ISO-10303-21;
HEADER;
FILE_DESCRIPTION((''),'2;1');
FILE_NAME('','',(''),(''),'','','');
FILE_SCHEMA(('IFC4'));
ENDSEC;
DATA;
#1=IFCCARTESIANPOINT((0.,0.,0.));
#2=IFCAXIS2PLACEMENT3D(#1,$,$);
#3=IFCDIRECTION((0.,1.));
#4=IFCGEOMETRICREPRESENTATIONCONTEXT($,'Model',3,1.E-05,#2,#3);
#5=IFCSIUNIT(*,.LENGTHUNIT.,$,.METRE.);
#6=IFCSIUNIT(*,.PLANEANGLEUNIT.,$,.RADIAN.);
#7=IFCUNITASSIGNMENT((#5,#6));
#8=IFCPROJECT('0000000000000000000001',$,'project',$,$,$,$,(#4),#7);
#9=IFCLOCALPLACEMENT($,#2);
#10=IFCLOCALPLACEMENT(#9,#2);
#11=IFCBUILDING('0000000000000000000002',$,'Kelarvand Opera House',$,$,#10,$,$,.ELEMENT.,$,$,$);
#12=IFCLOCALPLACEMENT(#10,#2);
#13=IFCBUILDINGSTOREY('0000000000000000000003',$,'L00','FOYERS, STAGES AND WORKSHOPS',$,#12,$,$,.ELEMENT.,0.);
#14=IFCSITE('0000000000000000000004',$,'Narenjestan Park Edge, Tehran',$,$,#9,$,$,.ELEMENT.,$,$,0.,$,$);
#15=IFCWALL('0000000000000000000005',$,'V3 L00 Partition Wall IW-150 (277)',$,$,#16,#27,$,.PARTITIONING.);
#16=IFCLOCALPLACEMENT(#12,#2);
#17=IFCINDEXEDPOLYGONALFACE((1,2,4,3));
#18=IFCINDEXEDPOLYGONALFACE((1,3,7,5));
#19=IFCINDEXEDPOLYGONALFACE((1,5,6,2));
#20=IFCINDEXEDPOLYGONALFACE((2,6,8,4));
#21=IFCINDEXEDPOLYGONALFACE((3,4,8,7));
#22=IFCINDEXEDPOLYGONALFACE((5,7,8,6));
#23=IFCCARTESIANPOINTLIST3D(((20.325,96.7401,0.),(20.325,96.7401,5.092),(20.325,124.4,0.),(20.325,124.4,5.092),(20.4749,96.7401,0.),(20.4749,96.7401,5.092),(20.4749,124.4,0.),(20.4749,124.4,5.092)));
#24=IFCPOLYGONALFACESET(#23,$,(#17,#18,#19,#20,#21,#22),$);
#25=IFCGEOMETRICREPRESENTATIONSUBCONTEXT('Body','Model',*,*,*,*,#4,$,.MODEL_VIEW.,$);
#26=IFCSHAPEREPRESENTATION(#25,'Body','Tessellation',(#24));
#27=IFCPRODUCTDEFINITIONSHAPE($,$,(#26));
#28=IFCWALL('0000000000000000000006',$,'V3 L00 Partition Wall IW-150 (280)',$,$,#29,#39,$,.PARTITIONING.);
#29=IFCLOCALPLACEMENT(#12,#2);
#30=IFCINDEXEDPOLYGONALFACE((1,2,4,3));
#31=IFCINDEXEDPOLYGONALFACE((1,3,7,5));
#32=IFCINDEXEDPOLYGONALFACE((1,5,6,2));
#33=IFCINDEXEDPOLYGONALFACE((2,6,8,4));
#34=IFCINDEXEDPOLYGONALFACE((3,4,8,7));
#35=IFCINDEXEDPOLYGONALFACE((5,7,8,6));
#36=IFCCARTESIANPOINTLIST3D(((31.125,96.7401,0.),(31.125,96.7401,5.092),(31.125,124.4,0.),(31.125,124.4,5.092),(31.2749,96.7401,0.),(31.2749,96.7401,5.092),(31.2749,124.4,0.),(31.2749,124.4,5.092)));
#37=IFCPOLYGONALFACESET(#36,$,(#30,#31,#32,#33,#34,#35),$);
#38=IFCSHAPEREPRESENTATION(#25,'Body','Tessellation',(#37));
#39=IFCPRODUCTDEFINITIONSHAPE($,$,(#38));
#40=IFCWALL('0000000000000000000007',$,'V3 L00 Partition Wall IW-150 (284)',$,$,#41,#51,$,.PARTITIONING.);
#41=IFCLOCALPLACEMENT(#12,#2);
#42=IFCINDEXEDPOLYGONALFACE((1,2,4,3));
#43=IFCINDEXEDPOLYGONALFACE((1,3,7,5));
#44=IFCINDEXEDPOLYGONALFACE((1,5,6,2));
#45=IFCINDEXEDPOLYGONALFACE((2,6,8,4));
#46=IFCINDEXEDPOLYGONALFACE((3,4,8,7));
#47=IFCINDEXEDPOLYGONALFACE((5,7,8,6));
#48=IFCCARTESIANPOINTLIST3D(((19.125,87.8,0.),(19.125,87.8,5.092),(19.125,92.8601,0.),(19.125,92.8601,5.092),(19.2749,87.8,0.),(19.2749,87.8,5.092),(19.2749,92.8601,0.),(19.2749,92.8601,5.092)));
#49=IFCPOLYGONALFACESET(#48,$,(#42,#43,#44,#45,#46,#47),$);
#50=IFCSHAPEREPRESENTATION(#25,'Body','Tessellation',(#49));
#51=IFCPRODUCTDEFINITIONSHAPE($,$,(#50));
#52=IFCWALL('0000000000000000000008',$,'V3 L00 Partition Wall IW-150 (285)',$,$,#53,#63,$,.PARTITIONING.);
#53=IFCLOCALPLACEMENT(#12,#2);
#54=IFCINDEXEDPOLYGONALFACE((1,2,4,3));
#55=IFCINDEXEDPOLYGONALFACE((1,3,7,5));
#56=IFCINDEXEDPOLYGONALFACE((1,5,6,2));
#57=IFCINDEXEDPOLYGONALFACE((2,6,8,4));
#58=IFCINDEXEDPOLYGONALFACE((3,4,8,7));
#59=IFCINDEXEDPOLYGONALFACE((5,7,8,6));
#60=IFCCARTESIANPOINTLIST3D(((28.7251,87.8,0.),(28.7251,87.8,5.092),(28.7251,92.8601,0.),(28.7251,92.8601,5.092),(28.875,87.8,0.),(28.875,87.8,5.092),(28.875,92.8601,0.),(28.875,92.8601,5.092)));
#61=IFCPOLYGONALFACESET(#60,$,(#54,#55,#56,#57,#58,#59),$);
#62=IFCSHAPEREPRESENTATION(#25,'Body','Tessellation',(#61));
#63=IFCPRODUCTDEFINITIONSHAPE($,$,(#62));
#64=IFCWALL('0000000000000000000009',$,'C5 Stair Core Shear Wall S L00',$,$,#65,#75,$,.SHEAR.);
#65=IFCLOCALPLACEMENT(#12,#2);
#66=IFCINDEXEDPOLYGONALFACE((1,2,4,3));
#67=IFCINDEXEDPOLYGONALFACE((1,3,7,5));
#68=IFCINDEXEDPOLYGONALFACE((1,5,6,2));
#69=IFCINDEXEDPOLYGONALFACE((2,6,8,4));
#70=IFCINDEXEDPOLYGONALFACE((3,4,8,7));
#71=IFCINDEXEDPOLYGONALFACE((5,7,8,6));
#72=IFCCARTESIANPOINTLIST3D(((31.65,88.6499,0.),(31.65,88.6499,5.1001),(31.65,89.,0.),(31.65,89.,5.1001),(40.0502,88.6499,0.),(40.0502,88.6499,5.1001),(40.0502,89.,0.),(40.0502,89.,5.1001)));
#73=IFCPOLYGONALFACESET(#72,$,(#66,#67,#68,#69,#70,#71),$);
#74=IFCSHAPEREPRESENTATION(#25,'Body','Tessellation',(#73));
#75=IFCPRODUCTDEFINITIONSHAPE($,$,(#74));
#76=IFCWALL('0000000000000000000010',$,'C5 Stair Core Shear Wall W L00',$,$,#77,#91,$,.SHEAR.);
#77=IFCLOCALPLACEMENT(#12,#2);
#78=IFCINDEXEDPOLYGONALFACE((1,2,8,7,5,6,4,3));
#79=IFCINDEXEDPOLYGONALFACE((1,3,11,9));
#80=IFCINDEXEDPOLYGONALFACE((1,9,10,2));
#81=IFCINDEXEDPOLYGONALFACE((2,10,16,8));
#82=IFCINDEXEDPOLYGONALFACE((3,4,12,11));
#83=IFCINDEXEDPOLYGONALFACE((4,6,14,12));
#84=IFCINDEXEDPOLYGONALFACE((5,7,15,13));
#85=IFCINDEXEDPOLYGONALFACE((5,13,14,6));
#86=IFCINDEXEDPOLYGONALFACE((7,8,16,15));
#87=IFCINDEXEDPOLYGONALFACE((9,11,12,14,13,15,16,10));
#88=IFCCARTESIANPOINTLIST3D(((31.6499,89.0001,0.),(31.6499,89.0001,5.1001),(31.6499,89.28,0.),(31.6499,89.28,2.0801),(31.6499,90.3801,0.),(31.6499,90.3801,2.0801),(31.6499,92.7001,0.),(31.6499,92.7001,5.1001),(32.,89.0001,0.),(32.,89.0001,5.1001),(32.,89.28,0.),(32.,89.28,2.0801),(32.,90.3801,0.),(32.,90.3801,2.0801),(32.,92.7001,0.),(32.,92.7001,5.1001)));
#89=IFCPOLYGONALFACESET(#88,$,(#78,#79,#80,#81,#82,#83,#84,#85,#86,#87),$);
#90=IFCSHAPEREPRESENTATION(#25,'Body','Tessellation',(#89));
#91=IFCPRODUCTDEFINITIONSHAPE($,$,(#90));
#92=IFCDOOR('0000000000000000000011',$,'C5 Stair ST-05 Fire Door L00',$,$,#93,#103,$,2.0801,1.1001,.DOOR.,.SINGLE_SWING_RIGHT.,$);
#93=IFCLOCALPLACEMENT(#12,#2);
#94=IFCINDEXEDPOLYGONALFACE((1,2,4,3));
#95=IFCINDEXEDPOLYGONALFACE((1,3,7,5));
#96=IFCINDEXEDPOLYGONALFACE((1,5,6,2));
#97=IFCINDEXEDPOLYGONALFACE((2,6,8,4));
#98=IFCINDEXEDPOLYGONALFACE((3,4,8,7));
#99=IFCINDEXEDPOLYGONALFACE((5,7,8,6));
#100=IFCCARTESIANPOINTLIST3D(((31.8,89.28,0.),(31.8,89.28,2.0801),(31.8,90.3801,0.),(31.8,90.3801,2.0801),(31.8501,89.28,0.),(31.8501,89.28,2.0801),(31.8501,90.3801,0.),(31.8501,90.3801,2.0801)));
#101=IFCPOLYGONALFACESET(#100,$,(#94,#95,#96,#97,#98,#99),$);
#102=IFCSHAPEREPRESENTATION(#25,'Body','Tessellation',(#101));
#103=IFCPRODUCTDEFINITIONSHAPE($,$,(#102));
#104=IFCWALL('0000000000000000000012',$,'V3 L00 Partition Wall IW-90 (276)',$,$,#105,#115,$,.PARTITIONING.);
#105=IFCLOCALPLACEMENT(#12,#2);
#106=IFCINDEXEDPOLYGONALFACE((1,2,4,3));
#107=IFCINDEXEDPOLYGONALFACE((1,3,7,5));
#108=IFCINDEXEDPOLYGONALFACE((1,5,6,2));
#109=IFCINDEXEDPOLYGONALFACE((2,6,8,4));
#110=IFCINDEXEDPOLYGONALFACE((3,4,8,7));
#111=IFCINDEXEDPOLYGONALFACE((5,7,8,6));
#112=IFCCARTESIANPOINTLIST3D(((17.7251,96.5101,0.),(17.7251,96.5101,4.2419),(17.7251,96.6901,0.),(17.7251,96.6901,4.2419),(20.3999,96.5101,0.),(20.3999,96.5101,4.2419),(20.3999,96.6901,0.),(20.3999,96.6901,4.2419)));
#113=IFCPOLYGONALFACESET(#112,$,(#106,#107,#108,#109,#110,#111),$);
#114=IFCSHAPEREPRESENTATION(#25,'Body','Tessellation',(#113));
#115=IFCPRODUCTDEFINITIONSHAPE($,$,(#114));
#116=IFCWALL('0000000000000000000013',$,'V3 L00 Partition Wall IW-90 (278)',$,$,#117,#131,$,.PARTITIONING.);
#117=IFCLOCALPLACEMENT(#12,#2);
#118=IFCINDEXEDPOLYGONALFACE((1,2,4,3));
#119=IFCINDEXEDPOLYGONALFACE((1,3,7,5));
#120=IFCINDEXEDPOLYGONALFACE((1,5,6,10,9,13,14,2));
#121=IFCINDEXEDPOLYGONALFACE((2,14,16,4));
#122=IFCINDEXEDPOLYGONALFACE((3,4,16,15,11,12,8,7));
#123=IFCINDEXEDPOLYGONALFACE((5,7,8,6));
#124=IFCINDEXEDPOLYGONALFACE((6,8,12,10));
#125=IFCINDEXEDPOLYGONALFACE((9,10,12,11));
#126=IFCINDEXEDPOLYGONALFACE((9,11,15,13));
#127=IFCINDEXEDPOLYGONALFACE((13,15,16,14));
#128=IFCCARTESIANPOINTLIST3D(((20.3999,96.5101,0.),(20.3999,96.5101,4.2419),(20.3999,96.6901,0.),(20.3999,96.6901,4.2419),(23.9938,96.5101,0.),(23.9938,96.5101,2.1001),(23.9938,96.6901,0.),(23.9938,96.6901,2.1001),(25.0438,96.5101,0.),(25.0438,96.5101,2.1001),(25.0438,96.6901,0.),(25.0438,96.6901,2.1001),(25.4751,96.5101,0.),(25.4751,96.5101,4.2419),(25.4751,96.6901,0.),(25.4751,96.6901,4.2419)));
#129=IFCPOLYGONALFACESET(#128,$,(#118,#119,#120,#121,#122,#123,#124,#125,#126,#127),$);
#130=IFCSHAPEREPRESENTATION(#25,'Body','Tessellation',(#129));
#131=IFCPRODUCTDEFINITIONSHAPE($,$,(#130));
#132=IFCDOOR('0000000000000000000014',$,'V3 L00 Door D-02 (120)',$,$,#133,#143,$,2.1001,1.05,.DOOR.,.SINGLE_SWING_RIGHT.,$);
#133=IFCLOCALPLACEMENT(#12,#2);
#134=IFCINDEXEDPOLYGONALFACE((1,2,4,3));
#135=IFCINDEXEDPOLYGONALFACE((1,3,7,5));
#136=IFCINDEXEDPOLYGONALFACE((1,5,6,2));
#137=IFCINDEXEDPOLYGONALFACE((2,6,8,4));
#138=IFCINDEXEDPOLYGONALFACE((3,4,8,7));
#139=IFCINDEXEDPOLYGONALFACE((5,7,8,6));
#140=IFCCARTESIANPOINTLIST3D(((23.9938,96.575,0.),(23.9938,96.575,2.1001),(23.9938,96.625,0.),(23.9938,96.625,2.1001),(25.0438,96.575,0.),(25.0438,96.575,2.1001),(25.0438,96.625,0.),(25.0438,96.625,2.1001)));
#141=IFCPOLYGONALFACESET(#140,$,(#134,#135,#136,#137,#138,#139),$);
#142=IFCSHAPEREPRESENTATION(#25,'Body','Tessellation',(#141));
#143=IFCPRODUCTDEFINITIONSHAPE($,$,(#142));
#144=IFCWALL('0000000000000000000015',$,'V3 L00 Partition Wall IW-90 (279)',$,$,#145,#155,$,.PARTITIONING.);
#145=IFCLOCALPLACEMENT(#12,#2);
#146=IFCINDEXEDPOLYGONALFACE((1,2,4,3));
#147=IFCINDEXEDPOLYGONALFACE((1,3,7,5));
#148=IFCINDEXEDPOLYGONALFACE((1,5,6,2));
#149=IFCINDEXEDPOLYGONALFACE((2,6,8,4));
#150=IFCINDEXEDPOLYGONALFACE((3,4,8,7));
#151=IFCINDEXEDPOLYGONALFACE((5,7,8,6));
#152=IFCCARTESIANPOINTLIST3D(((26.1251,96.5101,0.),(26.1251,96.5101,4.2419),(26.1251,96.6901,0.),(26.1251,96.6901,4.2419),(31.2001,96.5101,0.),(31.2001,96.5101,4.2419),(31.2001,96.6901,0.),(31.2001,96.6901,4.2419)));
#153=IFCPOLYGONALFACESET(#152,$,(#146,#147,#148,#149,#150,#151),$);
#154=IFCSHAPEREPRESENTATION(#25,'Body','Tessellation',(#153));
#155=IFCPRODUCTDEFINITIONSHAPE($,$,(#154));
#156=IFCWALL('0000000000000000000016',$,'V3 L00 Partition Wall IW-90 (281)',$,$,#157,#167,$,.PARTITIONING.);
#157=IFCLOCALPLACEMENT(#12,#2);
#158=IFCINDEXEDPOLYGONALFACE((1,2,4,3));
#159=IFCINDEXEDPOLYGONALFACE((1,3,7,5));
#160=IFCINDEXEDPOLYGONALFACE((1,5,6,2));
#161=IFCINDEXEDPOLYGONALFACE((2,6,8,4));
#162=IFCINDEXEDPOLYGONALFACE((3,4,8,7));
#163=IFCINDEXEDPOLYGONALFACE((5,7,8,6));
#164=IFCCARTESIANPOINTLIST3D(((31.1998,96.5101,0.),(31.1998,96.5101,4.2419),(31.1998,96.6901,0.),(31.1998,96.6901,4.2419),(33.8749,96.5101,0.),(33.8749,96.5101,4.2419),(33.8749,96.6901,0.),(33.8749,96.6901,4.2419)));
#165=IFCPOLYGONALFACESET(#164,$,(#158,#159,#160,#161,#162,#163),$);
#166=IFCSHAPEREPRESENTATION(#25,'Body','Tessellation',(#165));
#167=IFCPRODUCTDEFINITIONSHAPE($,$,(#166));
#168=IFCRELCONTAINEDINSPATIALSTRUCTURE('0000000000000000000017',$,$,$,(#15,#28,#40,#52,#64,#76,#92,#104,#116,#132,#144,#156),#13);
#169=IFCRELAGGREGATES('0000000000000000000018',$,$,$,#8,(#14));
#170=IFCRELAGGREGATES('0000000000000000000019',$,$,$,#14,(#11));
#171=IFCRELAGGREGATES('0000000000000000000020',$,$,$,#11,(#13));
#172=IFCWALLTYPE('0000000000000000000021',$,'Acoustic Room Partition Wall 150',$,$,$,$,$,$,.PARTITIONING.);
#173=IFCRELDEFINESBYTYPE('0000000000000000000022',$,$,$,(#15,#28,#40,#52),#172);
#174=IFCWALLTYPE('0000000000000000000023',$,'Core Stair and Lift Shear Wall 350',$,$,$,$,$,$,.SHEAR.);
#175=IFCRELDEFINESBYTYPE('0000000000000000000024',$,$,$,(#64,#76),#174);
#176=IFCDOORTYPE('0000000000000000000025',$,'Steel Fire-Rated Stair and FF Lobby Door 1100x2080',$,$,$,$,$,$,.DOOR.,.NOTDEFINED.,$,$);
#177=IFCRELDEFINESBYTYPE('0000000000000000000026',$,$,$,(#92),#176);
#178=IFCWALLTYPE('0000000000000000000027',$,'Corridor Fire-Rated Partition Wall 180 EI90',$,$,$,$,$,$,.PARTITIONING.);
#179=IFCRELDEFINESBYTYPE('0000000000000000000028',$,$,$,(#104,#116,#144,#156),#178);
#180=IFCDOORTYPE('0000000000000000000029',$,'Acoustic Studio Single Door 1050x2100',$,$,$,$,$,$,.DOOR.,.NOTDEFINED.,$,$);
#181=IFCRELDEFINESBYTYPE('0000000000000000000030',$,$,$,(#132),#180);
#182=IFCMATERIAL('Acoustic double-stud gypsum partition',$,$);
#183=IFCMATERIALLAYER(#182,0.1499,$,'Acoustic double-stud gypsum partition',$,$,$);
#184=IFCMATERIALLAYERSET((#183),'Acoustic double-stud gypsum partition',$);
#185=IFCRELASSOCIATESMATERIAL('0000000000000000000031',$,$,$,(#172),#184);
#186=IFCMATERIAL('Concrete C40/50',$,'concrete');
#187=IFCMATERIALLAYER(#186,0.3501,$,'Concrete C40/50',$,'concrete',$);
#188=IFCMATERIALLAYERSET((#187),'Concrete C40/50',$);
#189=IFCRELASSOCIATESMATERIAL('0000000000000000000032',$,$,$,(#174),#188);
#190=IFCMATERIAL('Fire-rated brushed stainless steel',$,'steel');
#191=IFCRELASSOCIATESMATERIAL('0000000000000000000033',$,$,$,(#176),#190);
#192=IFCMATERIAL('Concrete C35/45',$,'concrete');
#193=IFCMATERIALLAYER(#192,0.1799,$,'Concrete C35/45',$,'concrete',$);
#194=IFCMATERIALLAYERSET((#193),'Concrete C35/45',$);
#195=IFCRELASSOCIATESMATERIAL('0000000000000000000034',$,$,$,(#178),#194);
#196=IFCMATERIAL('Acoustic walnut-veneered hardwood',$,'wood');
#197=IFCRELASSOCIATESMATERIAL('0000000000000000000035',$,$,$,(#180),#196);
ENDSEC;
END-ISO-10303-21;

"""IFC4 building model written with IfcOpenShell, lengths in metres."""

from ifc_helpers import new_model, si_unit, direction, frame, frame_2d, origin, place, context, subcontext, project, spatial, rectangle, extrude, material, layer, layer_set, type_object, element, fill, save


model = new_model("IFC4")

# Units and contexts
model_context = context("Model", 3, precision=1e-05, world=origin(), true_north=direction((0.0, 1.0)))
body_context = subcontext(model_context, "Body", "Model", "MODEL_VIEW")
ifc_project = project(units=[si_unit("LENGTHUNIT", "METRE"), si_unit("PLANEANGLEUNIT", "RADIAN")], contexts=[model_context])

# Site, building, storey
site_placement = place(None, origin())
site = spatial("IfcSite", under=ifc_project, at=site_placement, Name="Narenjestan Park Edge, Tehran", CompositionType="ELEMENT", RefElevation=0.0)
building_placement = place(site_placement, origin())
building = spatial("IfcBuilding", under=site, at=building_placement, Name="Kelarvand Opera House", CompositionType="ELEMENT")
storey_placement = place(building_placement, origin())
storey = spatial("IfcBuildingStorey", under=building, at=storey_placement, Name="L00", Description="FOYERS, STAGES AND WORKSHOPS", CompositionType="ELEMENT", Elevation=0.0)

# Shared definitions
ifc_material_1 = material(Name="Concrete C40/50", Category="concrete")

# Walls
ifc_material_2 = material(Name="Acoustic double-stud gypsum partition")
ifc_layer_1 = layer(ifc_material_2, 0.1499, Name="Acoustic double-stud gypsum partition")
ifc_layer_set_1 = layer_set([ifc_layer_1], Name="Acoustic double-stud gypsum partition")
wall_type_1 = type_object("IfcWallType", Name="Acoustic Room Partition Wall 150", PredefinedType="PARTITIONING", material=ifc_layer_set_1)
for number, where, z_axis, x_axis, name in (
    (1, (20.3999, 96.74, 0.0), (0.0, 0.0, 1.0), (0.0, 1.0, 0.0), "V3 L00 Partition Wall IW-150 (277)"),
    (2, (31.2, 96.74, 0.0), (0.0, 0.0, 1.0), (0.0, 1.0, 0.0), "V3 L00 Partition Wall IW-150 (280)"),
):
    element("IfcWall", number, at=place(storey_placement, frame(where, z_axis=z_axis, x_axis=x_axis)), inside=storey, type_object=wall_type_1, Name=name, PredefinedType="PARTITIONING", context=body_context, shape_type="SweptSolid", body=[
        extrude(rectangle(XDim=27.6599, YDim=0.1499, at=frame_2d((13.8301, 0.0))), origin(), (0.0, 0.0, 1.0), 5.092),
    ])
for number, where, z_axis, x_axis, name in (
    (3, (19.2, 87.8, 0.0), (0.0, 0.0, 1.0), (0.0, 1.0, 0.0), "V3 L00 Partition Wall IW-150 (284)"),
    (4, (28.8, 87.8, 0.0), (0.0, 0.0, 1.0), (0.0, 1.0, 0.0), "V3 L00 Partition Wall IW-150 (285)"),
):
    element("IfcWall", number, at=place(storey_placement, frame(where, z_axis=z_axis, x_axis=x_axis)), inside=storey, type_object=wall_type_1, Name=name, PredefinedType="PARTITIONING", context=body_context, shape_type="SweptSolid", body=[
        extrude(rectangle(XDim=5.0601, YDim=0.1499, at=frame_2d((2.53, 0.0))), origin(), (0.0, 0.0, 1.0), 5.092),
    ])
ifc_layer_2 = layer(ifc_material_1, 0.3501, Name="Concrete C40/50", Category="concrete")
ifc_layer_set_2 = layer_set([ifc_layer_2], Name="Concrete C40/50")
wall_type_2 = type_object("IfcWallType", Name="Core Stair and Lift Shear Wall 350", PredefinedType="SHEAR", material=ifc_layer_set_2)
wall_1_placement = place(storey_placement, frame((31.6499, 88.825, 0.0), z_axis=(0.0, 0.0, 1.0), x_axis=(1.0, 0.0, 0.0)))
element("IfcWall", 5, at=wall_1_placement, inside=storey, type_object=wall_type_2, Name="C5 Stair Core Shear Wall S L00", PredefinedType="SHEAR", context=body_context, shape_type="SweptSolid", body=[
    extrude(rectangle(XDim=8.4001, YDim=0.3501, at=frame_2d((4.2002, 0.0))), origin(), (0.0, 0.0, 1.0), 5.1001),
])

# Wall, opening, door
wall_2_placement = place(storey_placement, frame((31.825, 89.0, 0.0), z_axis=(0.0, 0.0, 1.0), x_axis=(0.0, 1.0, 0.0)))
wall_2 = element("IfcWall", 6, at=wall_2_placement, inside=storey, type_object=wall_type_2, Name="C5 Stair Core Shear Wall W L00", PredefinedType="SHEAR", context=body_context, shape_type="SweptSolid", body=[
    extrude(rectangle(XDim=3.7, YDim=0.3501, at=frame_2d((1.8501, 0.0))), origin(), (0.0, 0.0, 1.0), 5.1001),
])
opening_1_placement = place(wall_2_placement, frame((0.28, 0.0, 0.0)))
opening_1 = element("IfcOpeningElement", 7, at=opening_1_placement, cuts=wall_2, PredefinedType="OPENING", context=body_context, shape_type="SweptSolid", body=[
    extrude(rectangle(XDim=1.1001, YDim=2.0801, at=frame_2d((0.55, 1.04))), frame((0.0, 0.1851, 0.0), z_axis=(0.0, -1.0, 0.0), x_axis=(1.0, 0.0, 0.0)), (0.0, 0.0, 1.0), 0.3701),
])
ifc_material_3 = material(Name="Fire-rated brushed stainless steel", Category="steel")
door_type_1 = type_object("IfcDoorType", Name="Steel Fire-Rated Stair and FF Lobby Door 1100x2080", OperationType="NOTDEFINED", PredefinedType="DOOR", material=ifc_material_3)
door_1_placement = place(opening_1_placement, origin())
door_1 = element("IfcDoor", 8, at=door_1_placement, inside=storey, type_object=door_type_1, Name="C5 Stair ST-05 Fire Door L00", OperationType="SINGLE_SWING_RIGHT", OverallHeight=2.0801, OverallWidth=1.1001, PredefinedType="DOOR", context=body_context, shape_type="SweptSolid", body=[
    extrude(rectangle(XDim=1.1001, YDim=2.0801, at=frame_2d((0.55, 1.04))), frame((0.0, 0.0249, 0.0), z_axis=(0.0, -1.0, 0.0), x_axis=(1.0, 0.0, 0.0)), (0.0, 0.0, 1.0), 0.05),
])
fill(opening_1, door_1)

# Wall
ifc_material_4 = material(Name="Concrete C35/45", Category="concrete")
ifc_layer_3 = layer(ifc_material_4, 0.1799, Name="Concrete C35/45", Category="concrete")
ifc_layer_set_3 = layer_set([ifc_layer_3], Name="Concrete C35/45")
wall_type_3 = type_object("IfcWallType", Name="Corridor Fire-Rated Partition Wall 180 EI90", PredefinedType="PARTITIONING", material=ifc_layer_set_3)
wall_3_placement = place(storey_placement, frame((17.7251, 96.6001, 0.0), z_axis=(0.0, 0.0, 1.0), x_axis=(1.0, 0.0, 0.0)))
element("IfcWall", 9, at=wall_3_placement, inside=storey, type_object=wall_type_3, Name="V3 L00 Partition Wall IW-90 (276)", PredefinedType="PARTITIONING", context=body_context, shape_type="SweptSolid", body=[
    extrude(rectangle(XDim=2.6748, YDim=0.1799, at=frame_2d((1.3374, 0.0))), origin(), (0.0, 0.0, 1.0), 4.2419),
])

# Wall, opening, door
wall_4_placement = place(storey_placement, frame((20.3999, 96.6001, 0.0), z_axis=(0.0, 0.0, 1.0), x_axis=(1.0, 0.0, 0.0)))
wall_4 = element("IfcWall", 10, at=wall_4_placement, inside=storey, type_object=wall_type_3, Name="V3 L00 Partition Wall IW-90 (278)", PredefinedType="PARTITIONING", context=body_context, shape_type="SweptSolid", body=[
    extrude(rectangle(XDim=5.0752, YDim=0.1799, at=frame_2d((2.5376, 0.0))), origin(), (0.0, 0.0, 1.0), 4.2419),
])
opening_2_placement = place(wall_4_placement, frame((3.594, 0.0, 0.0)))
opening_2 = element("IfcOpeningElement", 11, at=opening_2_placement, cuts=wall_4, PredefinedType="OPENING", context=body_context, shape_type="SweptSolid", body=[
    extrude(rectangle(XDim=1.05, YDim=2.1001, at=frame_2d((0.5249, 1.05))), frame((0.0, 0.1001, 0.0), z_axis=(0.0, -1.0, 0.0), x_axis=(1.0, 0.0, 0.0)), (0.0, 0.0, 1.0), 0.2),
])
ifc_material_5 = material(Name="Acoustic walnut-veneered hardwood", Category="wood")
door_type_2 = type_object("IfcDoorType", Name="Acoustic Studio Single Door 1050x2100", OperationType="NOTDEFINED", PredefinedType="DOOR", material=ifc_material_5)
door_2_placement = place(opening_2_placement, origin())
door_2 = element("IfcDoor", 12, at=door_2_placement, inside=storey, type_object=door_type_2, Name="V3 L00 Door D-02 (120)", OperationType="SINGLE_SWING_RIGHT", OverallHeight=2.1001, OverallWidth=1.05, PredefinedType="DOOR", context=body_context, shape_type="SweptSolid", body=[
    extrude(rectangle(XDim=1.05, YDim=2.1001, at=frame_2d((0.5249, 1.05))), frame((0.0, 0.0249, 0.0), z_axis=(0.0, -1.0, 0.0), x_axis=(1.0, 0.0, 0.0)), (0.0, 0.0, 1.0), 0.05),
])
fill(opening_2, door_2)

# Walls
wall_5_placement = place(storey_placement, frame((26.125, 96.6001, 0.0), z_axis=(0.0, 0.0, 1.0), x_axis=(1.0, 0.0, 0.0)))
element("IfcWall", 13, at=wall_5_placement, inside=storey, type_object=wall_type_3, Name="V3 L00 Partition Wall IW-90 (279)", PredefinedType="PARTITIONING", context=body_context, shape_type="SweptSolid", body=[
    extrude(rectangle(XDim=5.075, YDim=0.1799, at=frame_2d((2.5376, 0.0))), origin(), (0.0, 0.0, 1.0), 4.2419),
])
wall_6_placement = place(storey_placement, frame((31.2, 96.6001, 0.0), z_axis=(0.0, 0.0, 1.0), x_axis=(1.0, 0.0, 0.0)))
element("IfcWall", 14, at=wall_6_placement, inside=storey, type_object=wall_type_3, Name="V3 L00 Partition Wall IW-90 (281)", PredefinedType="PARTITIONING", context=body_context, shape_type="SweptSolid", body=[
    extrude(rectangle(XDim=2.675, YDim=0.1799, at=frame_2d((1.3374, 0.0))), origin(), (0.0, 0.0, 1.0), 4.2419),
])

save(model, "model.ifc")
